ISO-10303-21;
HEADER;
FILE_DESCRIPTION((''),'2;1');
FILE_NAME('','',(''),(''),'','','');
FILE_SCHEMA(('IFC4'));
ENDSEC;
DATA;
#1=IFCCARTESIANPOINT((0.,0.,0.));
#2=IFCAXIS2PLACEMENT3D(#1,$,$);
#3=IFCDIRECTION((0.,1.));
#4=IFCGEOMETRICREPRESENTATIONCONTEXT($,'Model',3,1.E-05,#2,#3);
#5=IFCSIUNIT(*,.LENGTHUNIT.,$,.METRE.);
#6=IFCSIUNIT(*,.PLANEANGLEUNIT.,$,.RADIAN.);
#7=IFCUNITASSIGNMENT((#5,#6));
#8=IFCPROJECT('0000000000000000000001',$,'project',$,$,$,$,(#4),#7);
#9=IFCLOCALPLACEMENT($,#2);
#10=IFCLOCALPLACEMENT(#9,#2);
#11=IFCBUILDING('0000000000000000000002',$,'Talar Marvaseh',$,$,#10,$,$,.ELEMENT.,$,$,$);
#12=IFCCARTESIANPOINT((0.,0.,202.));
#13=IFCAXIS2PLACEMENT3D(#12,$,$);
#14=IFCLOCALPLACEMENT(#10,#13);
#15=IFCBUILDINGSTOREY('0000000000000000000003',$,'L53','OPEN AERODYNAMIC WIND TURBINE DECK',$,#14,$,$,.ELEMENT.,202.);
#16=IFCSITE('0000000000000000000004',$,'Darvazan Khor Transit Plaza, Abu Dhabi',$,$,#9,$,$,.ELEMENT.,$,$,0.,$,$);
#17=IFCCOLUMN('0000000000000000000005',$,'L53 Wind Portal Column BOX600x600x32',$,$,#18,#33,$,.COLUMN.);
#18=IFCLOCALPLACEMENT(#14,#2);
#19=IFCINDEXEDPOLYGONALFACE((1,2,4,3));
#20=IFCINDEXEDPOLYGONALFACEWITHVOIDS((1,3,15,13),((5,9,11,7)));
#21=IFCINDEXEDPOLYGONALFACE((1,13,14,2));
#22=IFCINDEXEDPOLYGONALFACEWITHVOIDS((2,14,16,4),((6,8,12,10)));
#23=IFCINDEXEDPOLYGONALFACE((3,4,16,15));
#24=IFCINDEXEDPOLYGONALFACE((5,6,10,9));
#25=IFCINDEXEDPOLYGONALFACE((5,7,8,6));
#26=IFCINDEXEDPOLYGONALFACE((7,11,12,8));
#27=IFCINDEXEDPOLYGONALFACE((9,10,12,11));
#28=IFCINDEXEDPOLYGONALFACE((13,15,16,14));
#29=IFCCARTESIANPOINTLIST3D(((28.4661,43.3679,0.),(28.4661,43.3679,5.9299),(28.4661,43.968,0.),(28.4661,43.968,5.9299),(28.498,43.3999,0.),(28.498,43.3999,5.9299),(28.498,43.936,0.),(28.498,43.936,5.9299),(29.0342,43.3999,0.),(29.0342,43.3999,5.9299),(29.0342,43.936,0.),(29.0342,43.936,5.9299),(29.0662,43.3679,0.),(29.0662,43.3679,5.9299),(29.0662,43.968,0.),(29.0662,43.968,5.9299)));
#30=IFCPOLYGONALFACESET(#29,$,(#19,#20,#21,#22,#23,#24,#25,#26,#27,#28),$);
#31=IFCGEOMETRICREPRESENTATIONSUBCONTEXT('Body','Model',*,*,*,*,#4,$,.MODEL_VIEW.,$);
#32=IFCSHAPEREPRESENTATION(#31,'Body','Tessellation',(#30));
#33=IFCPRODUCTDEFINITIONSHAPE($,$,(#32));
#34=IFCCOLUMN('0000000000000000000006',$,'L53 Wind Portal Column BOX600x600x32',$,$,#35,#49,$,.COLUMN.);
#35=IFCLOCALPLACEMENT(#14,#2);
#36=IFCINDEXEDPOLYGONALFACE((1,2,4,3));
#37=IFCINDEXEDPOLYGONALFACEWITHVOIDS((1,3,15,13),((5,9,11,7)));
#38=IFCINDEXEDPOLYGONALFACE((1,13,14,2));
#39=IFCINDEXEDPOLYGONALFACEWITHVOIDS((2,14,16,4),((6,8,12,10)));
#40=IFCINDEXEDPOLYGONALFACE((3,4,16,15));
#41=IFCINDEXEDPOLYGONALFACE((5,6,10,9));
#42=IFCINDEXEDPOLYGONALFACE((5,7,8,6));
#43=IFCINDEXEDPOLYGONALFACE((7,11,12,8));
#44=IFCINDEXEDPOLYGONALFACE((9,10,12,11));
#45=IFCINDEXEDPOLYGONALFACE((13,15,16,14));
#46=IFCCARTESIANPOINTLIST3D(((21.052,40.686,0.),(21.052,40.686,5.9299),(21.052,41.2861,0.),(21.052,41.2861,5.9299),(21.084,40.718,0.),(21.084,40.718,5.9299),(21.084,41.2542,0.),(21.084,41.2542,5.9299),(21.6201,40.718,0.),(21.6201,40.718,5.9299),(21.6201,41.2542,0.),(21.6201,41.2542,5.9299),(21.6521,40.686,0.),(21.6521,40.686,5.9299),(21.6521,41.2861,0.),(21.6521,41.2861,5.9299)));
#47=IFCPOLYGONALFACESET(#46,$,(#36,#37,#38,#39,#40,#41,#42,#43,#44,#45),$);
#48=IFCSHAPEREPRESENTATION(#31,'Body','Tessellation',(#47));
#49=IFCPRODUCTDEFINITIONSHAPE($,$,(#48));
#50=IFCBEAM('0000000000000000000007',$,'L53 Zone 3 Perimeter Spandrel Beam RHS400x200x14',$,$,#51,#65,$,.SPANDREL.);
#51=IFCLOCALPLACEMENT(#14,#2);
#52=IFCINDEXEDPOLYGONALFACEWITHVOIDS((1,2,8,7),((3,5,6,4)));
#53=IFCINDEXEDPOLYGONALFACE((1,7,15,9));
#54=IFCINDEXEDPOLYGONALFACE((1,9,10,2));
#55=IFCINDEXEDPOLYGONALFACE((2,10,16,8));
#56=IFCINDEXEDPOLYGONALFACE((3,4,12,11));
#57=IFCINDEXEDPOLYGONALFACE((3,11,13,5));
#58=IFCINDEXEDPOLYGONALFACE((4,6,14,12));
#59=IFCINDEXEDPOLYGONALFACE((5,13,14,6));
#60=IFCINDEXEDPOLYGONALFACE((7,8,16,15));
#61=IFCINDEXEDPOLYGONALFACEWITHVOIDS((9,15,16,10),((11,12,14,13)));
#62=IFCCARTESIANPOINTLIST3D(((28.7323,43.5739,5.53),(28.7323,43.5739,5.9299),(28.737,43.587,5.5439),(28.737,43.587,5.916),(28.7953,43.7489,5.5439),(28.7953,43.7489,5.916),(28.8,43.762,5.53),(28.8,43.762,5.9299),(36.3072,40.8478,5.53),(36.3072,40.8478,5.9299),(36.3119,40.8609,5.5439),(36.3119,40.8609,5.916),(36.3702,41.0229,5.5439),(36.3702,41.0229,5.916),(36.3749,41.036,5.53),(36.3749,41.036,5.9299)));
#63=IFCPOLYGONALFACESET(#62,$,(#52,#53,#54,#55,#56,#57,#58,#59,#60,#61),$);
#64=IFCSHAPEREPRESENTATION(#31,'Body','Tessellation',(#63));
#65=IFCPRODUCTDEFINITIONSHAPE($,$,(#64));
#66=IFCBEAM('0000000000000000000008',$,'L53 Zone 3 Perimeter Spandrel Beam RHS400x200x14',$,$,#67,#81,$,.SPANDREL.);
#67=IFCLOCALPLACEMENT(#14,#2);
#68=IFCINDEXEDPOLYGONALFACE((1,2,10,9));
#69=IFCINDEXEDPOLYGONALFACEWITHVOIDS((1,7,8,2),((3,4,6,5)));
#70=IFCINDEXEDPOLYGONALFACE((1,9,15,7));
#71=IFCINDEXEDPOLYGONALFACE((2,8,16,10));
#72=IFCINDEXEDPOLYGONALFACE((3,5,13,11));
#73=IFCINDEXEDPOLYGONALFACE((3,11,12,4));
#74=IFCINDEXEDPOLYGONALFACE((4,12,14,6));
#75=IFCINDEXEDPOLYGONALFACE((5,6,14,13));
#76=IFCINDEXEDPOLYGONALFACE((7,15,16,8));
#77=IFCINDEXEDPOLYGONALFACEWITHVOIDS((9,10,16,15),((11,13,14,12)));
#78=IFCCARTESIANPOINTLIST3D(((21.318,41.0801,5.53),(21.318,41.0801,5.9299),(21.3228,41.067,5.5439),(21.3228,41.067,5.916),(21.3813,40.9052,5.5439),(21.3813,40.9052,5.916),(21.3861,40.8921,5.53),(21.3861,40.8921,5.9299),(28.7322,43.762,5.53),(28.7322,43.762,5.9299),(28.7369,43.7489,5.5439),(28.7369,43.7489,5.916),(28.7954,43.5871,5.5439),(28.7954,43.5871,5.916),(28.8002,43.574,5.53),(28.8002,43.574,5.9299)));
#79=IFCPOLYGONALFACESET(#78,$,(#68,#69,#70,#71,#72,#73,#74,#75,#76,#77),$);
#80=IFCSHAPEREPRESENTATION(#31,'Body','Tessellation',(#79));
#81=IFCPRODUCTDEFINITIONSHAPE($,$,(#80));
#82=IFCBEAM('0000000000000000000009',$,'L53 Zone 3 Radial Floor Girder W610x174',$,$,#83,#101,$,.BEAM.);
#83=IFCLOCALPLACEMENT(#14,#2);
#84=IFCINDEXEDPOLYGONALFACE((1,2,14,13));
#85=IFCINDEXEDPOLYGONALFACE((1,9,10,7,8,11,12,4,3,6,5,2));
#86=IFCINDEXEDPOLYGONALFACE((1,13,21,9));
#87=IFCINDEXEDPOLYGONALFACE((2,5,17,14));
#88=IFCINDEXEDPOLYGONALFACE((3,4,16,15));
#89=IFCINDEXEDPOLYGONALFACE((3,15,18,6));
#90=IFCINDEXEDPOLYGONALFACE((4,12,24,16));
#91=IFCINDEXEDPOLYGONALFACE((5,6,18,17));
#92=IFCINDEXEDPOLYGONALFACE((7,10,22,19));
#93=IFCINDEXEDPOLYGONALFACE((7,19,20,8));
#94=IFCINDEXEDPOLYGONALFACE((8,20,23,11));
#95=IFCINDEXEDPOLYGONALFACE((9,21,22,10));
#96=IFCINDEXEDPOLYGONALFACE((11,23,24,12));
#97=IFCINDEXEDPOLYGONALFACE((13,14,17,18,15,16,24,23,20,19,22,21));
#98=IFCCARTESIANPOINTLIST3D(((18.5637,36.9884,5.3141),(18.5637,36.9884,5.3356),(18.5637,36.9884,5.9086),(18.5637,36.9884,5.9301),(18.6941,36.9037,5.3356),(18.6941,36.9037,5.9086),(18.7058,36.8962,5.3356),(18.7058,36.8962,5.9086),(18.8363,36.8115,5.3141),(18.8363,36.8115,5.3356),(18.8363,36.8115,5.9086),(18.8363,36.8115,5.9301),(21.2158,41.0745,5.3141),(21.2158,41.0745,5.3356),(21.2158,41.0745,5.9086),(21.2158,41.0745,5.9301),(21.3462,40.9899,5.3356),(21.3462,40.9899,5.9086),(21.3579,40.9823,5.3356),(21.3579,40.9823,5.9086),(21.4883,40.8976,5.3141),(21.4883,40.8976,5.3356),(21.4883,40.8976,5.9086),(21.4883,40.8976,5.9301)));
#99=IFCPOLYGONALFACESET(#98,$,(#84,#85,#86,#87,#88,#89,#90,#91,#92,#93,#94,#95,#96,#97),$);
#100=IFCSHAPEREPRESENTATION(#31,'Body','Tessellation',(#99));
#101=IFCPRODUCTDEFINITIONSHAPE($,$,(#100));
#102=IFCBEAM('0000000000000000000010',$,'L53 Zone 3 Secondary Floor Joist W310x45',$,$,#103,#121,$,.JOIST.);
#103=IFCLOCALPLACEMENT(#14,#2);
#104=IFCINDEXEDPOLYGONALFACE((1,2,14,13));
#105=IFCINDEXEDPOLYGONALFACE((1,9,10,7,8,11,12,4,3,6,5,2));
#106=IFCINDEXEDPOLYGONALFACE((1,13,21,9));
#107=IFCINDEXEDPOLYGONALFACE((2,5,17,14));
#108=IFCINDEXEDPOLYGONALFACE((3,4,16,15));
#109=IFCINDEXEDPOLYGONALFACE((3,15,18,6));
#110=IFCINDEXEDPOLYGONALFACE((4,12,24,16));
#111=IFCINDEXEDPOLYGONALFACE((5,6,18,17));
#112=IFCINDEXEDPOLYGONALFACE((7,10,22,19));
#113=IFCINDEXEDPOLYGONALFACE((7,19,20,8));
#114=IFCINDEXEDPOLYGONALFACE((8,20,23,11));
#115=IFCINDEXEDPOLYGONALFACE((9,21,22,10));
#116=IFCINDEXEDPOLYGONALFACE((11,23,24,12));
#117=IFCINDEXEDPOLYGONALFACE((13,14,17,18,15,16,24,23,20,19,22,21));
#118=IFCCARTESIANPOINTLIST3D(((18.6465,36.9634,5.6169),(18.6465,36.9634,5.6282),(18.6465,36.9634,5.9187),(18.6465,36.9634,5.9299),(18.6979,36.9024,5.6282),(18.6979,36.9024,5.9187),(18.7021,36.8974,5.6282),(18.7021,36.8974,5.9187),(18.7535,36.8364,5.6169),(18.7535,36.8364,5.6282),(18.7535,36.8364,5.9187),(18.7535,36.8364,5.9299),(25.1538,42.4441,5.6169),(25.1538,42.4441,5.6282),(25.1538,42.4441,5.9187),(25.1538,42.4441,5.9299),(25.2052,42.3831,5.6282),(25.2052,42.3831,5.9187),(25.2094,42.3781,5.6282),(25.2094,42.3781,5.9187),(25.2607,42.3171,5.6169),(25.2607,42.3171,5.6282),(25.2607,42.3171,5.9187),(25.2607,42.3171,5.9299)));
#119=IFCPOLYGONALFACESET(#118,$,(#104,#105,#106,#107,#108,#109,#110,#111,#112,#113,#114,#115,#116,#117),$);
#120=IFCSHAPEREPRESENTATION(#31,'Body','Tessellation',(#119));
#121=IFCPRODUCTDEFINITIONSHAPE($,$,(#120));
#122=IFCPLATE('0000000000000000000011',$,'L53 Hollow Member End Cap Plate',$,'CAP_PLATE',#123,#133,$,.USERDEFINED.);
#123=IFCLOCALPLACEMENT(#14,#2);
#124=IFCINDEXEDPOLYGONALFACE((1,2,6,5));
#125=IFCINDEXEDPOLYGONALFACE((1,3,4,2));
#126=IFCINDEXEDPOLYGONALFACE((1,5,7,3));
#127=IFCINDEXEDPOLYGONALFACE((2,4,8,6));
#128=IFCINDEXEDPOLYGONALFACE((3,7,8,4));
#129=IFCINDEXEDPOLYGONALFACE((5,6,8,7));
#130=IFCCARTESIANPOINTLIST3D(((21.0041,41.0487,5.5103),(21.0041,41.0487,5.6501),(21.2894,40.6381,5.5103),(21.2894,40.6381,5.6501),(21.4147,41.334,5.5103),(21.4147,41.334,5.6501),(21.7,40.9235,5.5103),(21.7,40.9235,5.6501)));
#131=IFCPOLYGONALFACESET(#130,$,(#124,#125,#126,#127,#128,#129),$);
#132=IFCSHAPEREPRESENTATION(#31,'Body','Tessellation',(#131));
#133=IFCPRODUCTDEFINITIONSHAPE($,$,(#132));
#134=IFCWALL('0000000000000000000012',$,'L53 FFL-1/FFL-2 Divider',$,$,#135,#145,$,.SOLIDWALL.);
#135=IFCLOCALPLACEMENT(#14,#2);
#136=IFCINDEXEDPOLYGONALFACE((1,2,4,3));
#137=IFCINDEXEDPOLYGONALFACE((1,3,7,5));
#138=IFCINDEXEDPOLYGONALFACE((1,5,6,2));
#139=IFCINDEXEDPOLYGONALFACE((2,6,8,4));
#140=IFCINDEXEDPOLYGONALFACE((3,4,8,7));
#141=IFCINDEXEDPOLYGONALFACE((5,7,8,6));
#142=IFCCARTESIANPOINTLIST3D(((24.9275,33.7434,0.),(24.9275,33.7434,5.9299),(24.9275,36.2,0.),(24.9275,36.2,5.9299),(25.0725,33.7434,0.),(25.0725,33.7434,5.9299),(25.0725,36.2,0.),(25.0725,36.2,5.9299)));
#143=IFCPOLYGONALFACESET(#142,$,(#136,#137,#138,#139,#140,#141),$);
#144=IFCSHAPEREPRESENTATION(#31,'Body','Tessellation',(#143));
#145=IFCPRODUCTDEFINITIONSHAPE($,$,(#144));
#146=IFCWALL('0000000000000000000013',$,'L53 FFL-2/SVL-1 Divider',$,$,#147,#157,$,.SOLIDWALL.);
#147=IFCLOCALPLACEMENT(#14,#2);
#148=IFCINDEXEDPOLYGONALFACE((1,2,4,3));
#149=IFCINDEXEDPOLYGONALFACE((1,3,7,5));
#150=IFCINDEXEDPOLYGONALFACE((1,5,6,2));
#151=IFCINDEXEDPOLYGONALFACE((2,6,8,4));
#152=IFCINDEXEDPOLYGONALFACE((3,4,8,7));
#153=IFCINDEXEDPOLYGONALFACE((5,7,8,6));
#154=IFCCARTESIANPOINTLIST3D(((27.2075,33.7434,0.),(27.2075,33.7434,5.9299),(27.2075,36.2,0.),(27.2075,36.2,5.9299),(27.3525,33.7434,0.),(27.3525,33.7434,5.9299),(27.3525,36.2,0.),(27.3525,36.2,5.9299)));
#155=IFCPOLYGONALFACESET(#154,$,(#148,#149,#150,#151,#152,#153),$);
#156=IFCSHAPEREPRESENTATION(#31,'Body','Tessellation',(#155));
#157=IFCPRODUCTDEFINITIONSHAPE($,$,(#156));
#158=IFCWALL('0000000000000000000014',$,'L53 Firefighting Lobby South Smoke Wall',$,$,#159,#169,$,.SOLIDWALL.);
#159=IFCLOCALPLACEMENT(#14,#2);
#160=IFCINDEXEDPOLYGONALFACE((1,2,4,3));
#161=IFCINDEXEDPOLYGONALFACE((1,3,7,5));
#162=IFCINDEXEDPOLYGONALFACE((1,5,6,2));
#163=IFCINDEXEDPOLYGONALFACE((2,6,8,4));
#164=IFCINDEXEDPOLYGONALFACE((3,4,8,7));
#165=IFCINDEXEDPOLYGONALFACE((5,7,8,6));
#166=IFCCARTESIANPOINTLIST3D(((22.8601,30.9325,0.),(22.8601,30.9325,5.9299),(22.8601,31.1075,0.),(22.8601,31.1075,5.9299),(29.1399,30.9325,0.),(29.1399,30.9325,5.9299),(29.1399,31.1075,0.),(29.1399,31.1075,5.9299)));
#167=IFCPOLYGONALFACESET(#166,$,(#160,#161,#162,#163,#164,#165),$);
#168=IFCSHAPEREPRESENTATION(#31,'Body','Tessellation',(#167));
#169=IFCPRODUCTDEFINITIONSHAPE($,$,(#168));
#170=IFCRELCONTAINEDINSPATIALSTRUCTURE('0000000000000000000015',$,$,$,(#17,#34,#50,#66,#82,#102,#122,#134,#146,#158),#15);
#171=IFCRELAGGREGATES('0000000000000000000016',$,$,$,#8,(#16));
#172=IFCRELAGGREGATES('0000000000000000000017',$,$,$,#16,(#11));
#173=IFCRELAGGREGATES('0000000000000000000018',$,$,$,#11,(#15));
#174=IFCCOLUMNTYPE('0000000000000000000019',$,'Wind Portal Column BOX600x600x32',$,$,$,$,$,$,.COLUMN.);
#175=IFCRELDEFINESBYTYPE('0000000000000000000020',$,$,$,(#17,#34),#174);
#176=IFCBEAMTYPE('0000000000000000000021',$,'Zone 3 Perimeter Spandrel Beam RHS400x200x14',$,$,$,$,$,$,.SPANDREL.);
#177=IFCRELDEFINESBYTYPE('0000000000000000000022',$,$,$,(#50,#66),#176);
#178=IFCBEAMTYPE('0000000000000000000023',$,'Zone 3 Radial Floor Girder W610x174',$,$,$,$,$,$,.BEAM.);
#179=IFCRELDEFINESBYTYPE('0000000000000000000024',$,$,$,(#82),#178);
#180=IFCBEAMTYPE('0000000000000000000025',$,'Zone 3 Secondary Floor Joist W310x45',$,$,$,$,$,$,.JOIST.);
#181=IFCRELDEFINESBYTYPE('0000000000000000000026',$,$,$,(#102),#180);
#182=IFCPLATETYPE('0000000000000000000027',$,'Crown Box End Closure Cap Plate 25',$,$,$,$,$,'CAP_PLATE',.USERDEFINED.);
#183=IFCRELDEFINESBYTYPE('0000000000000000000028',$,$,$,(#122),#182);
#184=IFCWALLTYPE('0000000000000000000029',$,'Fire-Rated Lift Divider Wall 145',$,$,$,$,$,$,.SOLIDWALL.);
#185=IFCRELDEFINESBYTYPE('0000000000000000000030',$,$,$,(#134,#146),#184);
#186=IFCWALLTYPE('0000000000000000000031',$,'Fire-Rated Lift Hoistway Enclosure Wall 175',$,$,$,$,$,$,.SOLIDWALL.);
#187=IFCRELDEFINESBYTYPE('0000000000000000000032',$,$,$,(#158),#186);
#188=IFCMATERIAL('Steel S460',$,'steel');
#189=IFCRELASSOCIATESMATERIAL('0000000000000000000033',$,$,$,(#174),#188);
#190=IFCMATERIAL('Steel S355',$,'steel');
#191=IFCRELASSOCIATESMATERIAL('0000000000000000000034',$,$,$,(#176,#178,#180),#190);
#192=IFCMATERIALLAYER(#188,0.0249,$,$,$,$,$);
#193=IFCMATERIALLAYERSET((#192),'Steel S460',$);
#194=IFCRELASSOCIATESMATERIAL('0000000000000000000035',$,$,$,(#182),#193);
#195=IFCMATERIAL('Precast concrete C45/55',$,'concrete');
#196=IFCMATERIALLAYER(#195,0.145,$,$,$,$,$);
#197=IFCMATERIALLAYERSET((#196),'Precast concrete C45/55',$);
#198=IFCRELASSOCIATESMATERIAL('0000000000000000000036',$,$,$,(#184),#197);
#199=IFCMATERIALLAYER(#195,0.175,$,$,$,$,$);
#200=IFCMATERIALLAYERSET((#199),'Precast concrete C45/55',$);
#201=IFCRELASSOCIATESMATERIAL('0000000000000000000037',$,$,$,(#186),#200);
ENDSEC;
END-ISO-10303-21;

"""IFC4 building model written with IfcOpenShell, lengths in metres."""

from ifc_helpers import new_model, si_unit, direction, frame, frame_2d, origin, origin_2d, place, context, subcontext, project, spatial, rectangle, hollow_rectangle, i_section, extrude, source, transform, mapped, material, layer, layer_set, material_profile, profile_set, type_object, type_shapes, element, save


model = new_model("IFC4")

# Units and contexts
model_context = context("Model", 3, precision=1e-05, world=origin(), true_north=direction((0.0, 1.0)))
body_context = subcontext(model_context, "Body", "Model", "MODEL_VIEW")
ifc_project = project(units=[si_unit("LENGTHUNIT", "METRE"), si_unit("PLANEANGLEUNIT", "RADIAN")], contexts=[model_context])

# Site, building, storey
site_placement = place(None, origin())
site = spatial("IfcSite", under=ifc_project, at=site_placement, Name="Darvazan Khor Transit Plaza, Abu Dhabi", CompositionType="ELEMENT", RefElevation=0.0)
building_placement = place(site_placement, origin())
building = spatial("IfcBuilding", under=site, at=building_placement, Name="Talar Marvaseh", CompositionType="ELEMENT")
storey_placement = place(building_placement, frame((0.0, 0.0, 202.0)))
storey = spatial("IfcBuildingStorey", under=building, at=storey_placement, Name="L53", Description="OPEN AERODYNAMIC WIND TURBINE DECK", CompositionType="ELEMENT", Elevation=202.0)

# Columns
ifc_material_1 = material(Name="Steel S460", Category="steel")
ifc_material_profile_1 = material_profile(ifc_material_1, hollow_rectangle(XDim=0.6001, YDim=0.6001, WallThickness=0.032, at=origin_2d()), Name="BOX600x600x32")
ifc_profile_set_1 = profile_set([ifc_material_profile_1], Name="Steel S460")
column_type = type_object("IfcColumnType", Name="Wind Portal Column BOX600x600x32", PredefinedType="COLUMN", material=ifc_profile_set_1)
for number, where, z_axis, x_axis, name in (
    (1, (28.7661, 43.668, 0.0), (0.0, 0.0, 1.0), (1.0, 0.0, 0.0), "L53 Wind Portal Column BOX600x600x32"),
    (2, (21.3521, 40.9861, 0.0), (0.0, 0.0, 1.0), (1.0, 0.0, 0.0), "L53 Wind Portal Column BOX600x600x32"),
):
    element("IfcColumn", number, at=place(storey_placement, frame(where, z_axis=z_axis, x_axis=x_axis)), inside=storey, type_object=column_type, Name=name, PredefinedType="COLUMN", context=body_context, shape_type="SweptSolid", body=[
        extrude(hollow_rectangle(XDim=0.6001, YDim=0.6001, WallThickness=0.032, at=origin_2d()), origin(), (0.0, 0.0, 1.0), 5.9299),
    ])

# Beams
ifc_material_2 = material(Name="Steel S355", Category="steel")
ifc_material_profile_2 = material_profile(ifc_material_2, hollow_rectangle(XDim=0.2, YDim=0.3999, WallThickness=0.0139, at=origin_2d()), Name="RHS400x200x14")
ifc_profile_set_2 = profile_set([ifc_material_profile_2], Name="Steel S355")
beam_type_1 = type_object("IfcBeamType", Name="Zone 3 Perimeter Spandrel Beam RHS400x200x14", PredefinedType="SPANDREL", material=ifc_profile_set_2)
beam_1_placement = place(storey_placement, frame((28.7661, 43.668, 5.73), z_axis=(0.940923, -0.33862, 0.0), x_axis=(0.33862, 0.940923, 0.0)))
element("IfcBeam", 3, at=beam_1_placement, inside=storey, type_object=beam_type_1, Name="L53 Zone 3 Perimeter Spandrel Beam RHS400x200x14", PredefinedType="SPANDREL", context=body_context, shape_type="SweptSolid", body=[
    extrude(hollow_rectangle(XDim=0.2, YDim=0.3999, WallThickness=0.0139, at=origin_2d()), origin(), (0.0, 0.0, 1.0), 8.0505),
])
beam_2_placement = place(storey_placement, frame((21.3521, 40.9861, 5.73), z_axis=(0.940368, 0.340159, 0.0), x_axis=(-0.340159, 0.940368, 0.0)))
element("IfcBeam", 4, at=beam_2_placement, inside=storey, type_object=beam_type_1, Name="L53 Zone 3 Perimeter Spandrel Beam RHS400x200x14", PredefinedType="SPANDREL", context=body_context, shape_type="SweptSolid", body=[
    extrude(hollow_rectangle(XDim=0.2, YDim=0.3999, WallThickness=0.0139, at=origin_2d()), origin(), (0.0, 0.0, 1.0), 7.8843),
])
ifc_material_profile_3 = material_profile(ifc_material_2, i_section(OverallWidth=0.325, OverallDepth=0.616, WebThickness=0.0139, FlangeThickness=0.0215, at=origin_2d()), Name="W610x174")
ifc_profile_set_3 = profile_set([ifc_material_profile_3], Name="Steel S355")
beam_type_2 = type_object("IfcBeamType", Name="Zone 3 Radial Floor Girder W610x174", PredefinedType="BEAM", material=ifc_profile_set_3)
beam_3_placement = place(storey_placement, frame((21.3521, 40.9861, 5.6221), z_axis=(-0.544423, -0.838811, 0.0), x_axis=(0.838811, -0.544423, 0.0)))
element("IfcBeam", 5, at=beam_3_placement, inside=storey, type_object=beam_type_2, Name="L53 Zone 3 Radial Floor Girder W610x174", PredefinedType="BEAM", context=body_context, shape_type="SweptSolid", body=[
    extrude(i_section(OverallWidth=0.325, OverallDepth=0.616, WebThickness=0.0139, FlangeThickness=0.0215, at=origin_2d()), origin(), (0.0, 0.0, 1.0), 4.8713),
])
ifc_material_profile_4 = material_profile(ifc_material_2, i_section(OverallWidth=0.166, OverallDepth=0.313, WebThickness=0.0066, FlangeThickness=0.0112, at=origin_2d()), Name="W310x45")
ifc_profile_set_4 = profile_set([ifc_material_profile_4], Name="Steel S355")
beam_type_3 = type_object("IfcBeamType", Name="Zone 3 Secondary Floor Joist W310x45", PredefinedType="JOIST", material=ifc_profile_set_4)
beam_4_placement = place(storey_placement, frame((25.2073, 42.3806, 5.7734), z_axis=(-0.764861, -0.644195, 0.0), x_axis=(0.644195, -0.764861, 0.0)))
element("IfcBeam", 6, at=beam_4_placement, inside=storey, type_object=beam_type_3, Name="L53 Zone 3 Secondary Floor Joist W310x45", PredefinedType="JOIST", context=body_context, shape_type="SweptSolid", body=[
    extrude(i_section(OverallWidth=0.166, OverallDepth=0.313, WebThickness=0.0066, FlangeThickness=0.0112, at=origin_2d()), origin(), (0.0, 0.0, 1.0), 8.5078),
])

# Plate
ifc_layer_1 = layer(ifc_material_1, 0.0249)
ifc_layer_set_1 = layer_set([ifc_layer_1], Name="Steel S460")
plate_type = type_object("IfcPlateType", Name="Crown Box End Closure Cap Plate 25", ElementType="CAP_PLATE", PredefinedType="USERDEFINED", material=ifc_layer_set_1)
shared_shape_1 = source(origin(), body_context, "Body", "SweptSolid", [
    extrude(rectangle(XDim=0.5, YDim=0.5, at=origin_2d()), origin(), (0.0, 0.0, 1.0), 0.1399),
])
type_shapes(plate_type, [shared_shape_1])
plate_placement = place(storey_placement, frame((21.3521, 40.9861, 5.5103), z_axis=(0.0, 0.0, 1.0), x_axis=(0.821149, 0.570714, 0.0)))
element("IfcPlate", 7, at=plate_placement, inside=storey, type_object=plate_type, Name="L53 Hollow Member End Cap Plate", ObjectType="CAP_PLATE", PredefinedType="USERDEFINED", context=body_context, shape_type="MappedRepresentation", body=[
    mapped(shared_shape_1, transform((0.0, 0.0, 0.0), x_axis=(1.0, 0.0, 0.0), y_axis=(0.0, 1.0, 0.0), z_axis=(0.0, 0.0, 1.0), scale=1.0)),
])

# Walls
ifc_material_3 = material(Name="Precast concrete C45/55", Category="concrete")
ifc_layer_2 = layer(ifc_material_3, 0.145)
ifc_layer_set_2 = layer_set([ifc_layer_2], Name="Precast concrete C45/55")
wall_type_1 = type_object("IfcWallType", Name="Fire-Rated Lift Divider Wall 145", PredefinedType="SOLIDWALL", material=ifc_layer_set_2)
for number, where, z_axis, x_axis, name in (
    (8, (25.0, 33.7434, 0.0), (0.0, 0.0, 1.0), (0.0, 1.0, 0.0), "L53 FFL-1/FFL-2 Divider"),
    (9, (27.28, 33.7434, 0.0), (0.0, 0.0, 1.0), (0.0, 1.0, 0.0), "L53 FFL-2/SVL-1 Divider"),
):
    element("IfcWall", number, at=place(storey_placement, frame(where, z_axis=z_axis, x_axis=x_axis)), inside=storey, type_object=wall_type_1, Name=name, PredefinedType="SOLIDWALL", context=body_context, shape_type="SweptSolid", body=[
        extrude(rectangle(XDim=2.4565, YDim=0.145, at=frame_2d((1.2283, 0.0))), origin(), (0.0, 0.0, 1.0), 5.9299),
    ])

# Shared definitions
ifc_layer_3 = layer(ifc_material_3, 0.175)
ifc_layer_set_3 = layer_set([ifc_layer_3], Name="Precast concrete C45/55")
wall_type_2 = type_object("IfcWallType", Name="Fire-Rated Lift Hoistway Enclosure Wall 175", PredefinedType="SOLIDWALL", material=ifc_layer_set_3)

# Wall
wall_1_placement = place(storey_placement, frame((22.8601, 31.02, 0.0), z_axis=(0.0, 0.0, 1.0), x_axis=(1.0, 0.0, 0.0)))
element("IfcWall", 10, at=wall_1_placement, inside=storey, type_object=wall_type_2, Name="L53 Firefighting Lobby South Smoke Wall", PredefinedType="SOLIDWALL", context=body_context, shape_type="SweptSolid", body=[
    extrude(rectangle(XDim=6.2798, YDim=0.175, at=frame_2d((3.1399, 0.0))), origin(), (0.0, 0.0, 1.0), 5.9299),
])

save(model, "model.ifc")
